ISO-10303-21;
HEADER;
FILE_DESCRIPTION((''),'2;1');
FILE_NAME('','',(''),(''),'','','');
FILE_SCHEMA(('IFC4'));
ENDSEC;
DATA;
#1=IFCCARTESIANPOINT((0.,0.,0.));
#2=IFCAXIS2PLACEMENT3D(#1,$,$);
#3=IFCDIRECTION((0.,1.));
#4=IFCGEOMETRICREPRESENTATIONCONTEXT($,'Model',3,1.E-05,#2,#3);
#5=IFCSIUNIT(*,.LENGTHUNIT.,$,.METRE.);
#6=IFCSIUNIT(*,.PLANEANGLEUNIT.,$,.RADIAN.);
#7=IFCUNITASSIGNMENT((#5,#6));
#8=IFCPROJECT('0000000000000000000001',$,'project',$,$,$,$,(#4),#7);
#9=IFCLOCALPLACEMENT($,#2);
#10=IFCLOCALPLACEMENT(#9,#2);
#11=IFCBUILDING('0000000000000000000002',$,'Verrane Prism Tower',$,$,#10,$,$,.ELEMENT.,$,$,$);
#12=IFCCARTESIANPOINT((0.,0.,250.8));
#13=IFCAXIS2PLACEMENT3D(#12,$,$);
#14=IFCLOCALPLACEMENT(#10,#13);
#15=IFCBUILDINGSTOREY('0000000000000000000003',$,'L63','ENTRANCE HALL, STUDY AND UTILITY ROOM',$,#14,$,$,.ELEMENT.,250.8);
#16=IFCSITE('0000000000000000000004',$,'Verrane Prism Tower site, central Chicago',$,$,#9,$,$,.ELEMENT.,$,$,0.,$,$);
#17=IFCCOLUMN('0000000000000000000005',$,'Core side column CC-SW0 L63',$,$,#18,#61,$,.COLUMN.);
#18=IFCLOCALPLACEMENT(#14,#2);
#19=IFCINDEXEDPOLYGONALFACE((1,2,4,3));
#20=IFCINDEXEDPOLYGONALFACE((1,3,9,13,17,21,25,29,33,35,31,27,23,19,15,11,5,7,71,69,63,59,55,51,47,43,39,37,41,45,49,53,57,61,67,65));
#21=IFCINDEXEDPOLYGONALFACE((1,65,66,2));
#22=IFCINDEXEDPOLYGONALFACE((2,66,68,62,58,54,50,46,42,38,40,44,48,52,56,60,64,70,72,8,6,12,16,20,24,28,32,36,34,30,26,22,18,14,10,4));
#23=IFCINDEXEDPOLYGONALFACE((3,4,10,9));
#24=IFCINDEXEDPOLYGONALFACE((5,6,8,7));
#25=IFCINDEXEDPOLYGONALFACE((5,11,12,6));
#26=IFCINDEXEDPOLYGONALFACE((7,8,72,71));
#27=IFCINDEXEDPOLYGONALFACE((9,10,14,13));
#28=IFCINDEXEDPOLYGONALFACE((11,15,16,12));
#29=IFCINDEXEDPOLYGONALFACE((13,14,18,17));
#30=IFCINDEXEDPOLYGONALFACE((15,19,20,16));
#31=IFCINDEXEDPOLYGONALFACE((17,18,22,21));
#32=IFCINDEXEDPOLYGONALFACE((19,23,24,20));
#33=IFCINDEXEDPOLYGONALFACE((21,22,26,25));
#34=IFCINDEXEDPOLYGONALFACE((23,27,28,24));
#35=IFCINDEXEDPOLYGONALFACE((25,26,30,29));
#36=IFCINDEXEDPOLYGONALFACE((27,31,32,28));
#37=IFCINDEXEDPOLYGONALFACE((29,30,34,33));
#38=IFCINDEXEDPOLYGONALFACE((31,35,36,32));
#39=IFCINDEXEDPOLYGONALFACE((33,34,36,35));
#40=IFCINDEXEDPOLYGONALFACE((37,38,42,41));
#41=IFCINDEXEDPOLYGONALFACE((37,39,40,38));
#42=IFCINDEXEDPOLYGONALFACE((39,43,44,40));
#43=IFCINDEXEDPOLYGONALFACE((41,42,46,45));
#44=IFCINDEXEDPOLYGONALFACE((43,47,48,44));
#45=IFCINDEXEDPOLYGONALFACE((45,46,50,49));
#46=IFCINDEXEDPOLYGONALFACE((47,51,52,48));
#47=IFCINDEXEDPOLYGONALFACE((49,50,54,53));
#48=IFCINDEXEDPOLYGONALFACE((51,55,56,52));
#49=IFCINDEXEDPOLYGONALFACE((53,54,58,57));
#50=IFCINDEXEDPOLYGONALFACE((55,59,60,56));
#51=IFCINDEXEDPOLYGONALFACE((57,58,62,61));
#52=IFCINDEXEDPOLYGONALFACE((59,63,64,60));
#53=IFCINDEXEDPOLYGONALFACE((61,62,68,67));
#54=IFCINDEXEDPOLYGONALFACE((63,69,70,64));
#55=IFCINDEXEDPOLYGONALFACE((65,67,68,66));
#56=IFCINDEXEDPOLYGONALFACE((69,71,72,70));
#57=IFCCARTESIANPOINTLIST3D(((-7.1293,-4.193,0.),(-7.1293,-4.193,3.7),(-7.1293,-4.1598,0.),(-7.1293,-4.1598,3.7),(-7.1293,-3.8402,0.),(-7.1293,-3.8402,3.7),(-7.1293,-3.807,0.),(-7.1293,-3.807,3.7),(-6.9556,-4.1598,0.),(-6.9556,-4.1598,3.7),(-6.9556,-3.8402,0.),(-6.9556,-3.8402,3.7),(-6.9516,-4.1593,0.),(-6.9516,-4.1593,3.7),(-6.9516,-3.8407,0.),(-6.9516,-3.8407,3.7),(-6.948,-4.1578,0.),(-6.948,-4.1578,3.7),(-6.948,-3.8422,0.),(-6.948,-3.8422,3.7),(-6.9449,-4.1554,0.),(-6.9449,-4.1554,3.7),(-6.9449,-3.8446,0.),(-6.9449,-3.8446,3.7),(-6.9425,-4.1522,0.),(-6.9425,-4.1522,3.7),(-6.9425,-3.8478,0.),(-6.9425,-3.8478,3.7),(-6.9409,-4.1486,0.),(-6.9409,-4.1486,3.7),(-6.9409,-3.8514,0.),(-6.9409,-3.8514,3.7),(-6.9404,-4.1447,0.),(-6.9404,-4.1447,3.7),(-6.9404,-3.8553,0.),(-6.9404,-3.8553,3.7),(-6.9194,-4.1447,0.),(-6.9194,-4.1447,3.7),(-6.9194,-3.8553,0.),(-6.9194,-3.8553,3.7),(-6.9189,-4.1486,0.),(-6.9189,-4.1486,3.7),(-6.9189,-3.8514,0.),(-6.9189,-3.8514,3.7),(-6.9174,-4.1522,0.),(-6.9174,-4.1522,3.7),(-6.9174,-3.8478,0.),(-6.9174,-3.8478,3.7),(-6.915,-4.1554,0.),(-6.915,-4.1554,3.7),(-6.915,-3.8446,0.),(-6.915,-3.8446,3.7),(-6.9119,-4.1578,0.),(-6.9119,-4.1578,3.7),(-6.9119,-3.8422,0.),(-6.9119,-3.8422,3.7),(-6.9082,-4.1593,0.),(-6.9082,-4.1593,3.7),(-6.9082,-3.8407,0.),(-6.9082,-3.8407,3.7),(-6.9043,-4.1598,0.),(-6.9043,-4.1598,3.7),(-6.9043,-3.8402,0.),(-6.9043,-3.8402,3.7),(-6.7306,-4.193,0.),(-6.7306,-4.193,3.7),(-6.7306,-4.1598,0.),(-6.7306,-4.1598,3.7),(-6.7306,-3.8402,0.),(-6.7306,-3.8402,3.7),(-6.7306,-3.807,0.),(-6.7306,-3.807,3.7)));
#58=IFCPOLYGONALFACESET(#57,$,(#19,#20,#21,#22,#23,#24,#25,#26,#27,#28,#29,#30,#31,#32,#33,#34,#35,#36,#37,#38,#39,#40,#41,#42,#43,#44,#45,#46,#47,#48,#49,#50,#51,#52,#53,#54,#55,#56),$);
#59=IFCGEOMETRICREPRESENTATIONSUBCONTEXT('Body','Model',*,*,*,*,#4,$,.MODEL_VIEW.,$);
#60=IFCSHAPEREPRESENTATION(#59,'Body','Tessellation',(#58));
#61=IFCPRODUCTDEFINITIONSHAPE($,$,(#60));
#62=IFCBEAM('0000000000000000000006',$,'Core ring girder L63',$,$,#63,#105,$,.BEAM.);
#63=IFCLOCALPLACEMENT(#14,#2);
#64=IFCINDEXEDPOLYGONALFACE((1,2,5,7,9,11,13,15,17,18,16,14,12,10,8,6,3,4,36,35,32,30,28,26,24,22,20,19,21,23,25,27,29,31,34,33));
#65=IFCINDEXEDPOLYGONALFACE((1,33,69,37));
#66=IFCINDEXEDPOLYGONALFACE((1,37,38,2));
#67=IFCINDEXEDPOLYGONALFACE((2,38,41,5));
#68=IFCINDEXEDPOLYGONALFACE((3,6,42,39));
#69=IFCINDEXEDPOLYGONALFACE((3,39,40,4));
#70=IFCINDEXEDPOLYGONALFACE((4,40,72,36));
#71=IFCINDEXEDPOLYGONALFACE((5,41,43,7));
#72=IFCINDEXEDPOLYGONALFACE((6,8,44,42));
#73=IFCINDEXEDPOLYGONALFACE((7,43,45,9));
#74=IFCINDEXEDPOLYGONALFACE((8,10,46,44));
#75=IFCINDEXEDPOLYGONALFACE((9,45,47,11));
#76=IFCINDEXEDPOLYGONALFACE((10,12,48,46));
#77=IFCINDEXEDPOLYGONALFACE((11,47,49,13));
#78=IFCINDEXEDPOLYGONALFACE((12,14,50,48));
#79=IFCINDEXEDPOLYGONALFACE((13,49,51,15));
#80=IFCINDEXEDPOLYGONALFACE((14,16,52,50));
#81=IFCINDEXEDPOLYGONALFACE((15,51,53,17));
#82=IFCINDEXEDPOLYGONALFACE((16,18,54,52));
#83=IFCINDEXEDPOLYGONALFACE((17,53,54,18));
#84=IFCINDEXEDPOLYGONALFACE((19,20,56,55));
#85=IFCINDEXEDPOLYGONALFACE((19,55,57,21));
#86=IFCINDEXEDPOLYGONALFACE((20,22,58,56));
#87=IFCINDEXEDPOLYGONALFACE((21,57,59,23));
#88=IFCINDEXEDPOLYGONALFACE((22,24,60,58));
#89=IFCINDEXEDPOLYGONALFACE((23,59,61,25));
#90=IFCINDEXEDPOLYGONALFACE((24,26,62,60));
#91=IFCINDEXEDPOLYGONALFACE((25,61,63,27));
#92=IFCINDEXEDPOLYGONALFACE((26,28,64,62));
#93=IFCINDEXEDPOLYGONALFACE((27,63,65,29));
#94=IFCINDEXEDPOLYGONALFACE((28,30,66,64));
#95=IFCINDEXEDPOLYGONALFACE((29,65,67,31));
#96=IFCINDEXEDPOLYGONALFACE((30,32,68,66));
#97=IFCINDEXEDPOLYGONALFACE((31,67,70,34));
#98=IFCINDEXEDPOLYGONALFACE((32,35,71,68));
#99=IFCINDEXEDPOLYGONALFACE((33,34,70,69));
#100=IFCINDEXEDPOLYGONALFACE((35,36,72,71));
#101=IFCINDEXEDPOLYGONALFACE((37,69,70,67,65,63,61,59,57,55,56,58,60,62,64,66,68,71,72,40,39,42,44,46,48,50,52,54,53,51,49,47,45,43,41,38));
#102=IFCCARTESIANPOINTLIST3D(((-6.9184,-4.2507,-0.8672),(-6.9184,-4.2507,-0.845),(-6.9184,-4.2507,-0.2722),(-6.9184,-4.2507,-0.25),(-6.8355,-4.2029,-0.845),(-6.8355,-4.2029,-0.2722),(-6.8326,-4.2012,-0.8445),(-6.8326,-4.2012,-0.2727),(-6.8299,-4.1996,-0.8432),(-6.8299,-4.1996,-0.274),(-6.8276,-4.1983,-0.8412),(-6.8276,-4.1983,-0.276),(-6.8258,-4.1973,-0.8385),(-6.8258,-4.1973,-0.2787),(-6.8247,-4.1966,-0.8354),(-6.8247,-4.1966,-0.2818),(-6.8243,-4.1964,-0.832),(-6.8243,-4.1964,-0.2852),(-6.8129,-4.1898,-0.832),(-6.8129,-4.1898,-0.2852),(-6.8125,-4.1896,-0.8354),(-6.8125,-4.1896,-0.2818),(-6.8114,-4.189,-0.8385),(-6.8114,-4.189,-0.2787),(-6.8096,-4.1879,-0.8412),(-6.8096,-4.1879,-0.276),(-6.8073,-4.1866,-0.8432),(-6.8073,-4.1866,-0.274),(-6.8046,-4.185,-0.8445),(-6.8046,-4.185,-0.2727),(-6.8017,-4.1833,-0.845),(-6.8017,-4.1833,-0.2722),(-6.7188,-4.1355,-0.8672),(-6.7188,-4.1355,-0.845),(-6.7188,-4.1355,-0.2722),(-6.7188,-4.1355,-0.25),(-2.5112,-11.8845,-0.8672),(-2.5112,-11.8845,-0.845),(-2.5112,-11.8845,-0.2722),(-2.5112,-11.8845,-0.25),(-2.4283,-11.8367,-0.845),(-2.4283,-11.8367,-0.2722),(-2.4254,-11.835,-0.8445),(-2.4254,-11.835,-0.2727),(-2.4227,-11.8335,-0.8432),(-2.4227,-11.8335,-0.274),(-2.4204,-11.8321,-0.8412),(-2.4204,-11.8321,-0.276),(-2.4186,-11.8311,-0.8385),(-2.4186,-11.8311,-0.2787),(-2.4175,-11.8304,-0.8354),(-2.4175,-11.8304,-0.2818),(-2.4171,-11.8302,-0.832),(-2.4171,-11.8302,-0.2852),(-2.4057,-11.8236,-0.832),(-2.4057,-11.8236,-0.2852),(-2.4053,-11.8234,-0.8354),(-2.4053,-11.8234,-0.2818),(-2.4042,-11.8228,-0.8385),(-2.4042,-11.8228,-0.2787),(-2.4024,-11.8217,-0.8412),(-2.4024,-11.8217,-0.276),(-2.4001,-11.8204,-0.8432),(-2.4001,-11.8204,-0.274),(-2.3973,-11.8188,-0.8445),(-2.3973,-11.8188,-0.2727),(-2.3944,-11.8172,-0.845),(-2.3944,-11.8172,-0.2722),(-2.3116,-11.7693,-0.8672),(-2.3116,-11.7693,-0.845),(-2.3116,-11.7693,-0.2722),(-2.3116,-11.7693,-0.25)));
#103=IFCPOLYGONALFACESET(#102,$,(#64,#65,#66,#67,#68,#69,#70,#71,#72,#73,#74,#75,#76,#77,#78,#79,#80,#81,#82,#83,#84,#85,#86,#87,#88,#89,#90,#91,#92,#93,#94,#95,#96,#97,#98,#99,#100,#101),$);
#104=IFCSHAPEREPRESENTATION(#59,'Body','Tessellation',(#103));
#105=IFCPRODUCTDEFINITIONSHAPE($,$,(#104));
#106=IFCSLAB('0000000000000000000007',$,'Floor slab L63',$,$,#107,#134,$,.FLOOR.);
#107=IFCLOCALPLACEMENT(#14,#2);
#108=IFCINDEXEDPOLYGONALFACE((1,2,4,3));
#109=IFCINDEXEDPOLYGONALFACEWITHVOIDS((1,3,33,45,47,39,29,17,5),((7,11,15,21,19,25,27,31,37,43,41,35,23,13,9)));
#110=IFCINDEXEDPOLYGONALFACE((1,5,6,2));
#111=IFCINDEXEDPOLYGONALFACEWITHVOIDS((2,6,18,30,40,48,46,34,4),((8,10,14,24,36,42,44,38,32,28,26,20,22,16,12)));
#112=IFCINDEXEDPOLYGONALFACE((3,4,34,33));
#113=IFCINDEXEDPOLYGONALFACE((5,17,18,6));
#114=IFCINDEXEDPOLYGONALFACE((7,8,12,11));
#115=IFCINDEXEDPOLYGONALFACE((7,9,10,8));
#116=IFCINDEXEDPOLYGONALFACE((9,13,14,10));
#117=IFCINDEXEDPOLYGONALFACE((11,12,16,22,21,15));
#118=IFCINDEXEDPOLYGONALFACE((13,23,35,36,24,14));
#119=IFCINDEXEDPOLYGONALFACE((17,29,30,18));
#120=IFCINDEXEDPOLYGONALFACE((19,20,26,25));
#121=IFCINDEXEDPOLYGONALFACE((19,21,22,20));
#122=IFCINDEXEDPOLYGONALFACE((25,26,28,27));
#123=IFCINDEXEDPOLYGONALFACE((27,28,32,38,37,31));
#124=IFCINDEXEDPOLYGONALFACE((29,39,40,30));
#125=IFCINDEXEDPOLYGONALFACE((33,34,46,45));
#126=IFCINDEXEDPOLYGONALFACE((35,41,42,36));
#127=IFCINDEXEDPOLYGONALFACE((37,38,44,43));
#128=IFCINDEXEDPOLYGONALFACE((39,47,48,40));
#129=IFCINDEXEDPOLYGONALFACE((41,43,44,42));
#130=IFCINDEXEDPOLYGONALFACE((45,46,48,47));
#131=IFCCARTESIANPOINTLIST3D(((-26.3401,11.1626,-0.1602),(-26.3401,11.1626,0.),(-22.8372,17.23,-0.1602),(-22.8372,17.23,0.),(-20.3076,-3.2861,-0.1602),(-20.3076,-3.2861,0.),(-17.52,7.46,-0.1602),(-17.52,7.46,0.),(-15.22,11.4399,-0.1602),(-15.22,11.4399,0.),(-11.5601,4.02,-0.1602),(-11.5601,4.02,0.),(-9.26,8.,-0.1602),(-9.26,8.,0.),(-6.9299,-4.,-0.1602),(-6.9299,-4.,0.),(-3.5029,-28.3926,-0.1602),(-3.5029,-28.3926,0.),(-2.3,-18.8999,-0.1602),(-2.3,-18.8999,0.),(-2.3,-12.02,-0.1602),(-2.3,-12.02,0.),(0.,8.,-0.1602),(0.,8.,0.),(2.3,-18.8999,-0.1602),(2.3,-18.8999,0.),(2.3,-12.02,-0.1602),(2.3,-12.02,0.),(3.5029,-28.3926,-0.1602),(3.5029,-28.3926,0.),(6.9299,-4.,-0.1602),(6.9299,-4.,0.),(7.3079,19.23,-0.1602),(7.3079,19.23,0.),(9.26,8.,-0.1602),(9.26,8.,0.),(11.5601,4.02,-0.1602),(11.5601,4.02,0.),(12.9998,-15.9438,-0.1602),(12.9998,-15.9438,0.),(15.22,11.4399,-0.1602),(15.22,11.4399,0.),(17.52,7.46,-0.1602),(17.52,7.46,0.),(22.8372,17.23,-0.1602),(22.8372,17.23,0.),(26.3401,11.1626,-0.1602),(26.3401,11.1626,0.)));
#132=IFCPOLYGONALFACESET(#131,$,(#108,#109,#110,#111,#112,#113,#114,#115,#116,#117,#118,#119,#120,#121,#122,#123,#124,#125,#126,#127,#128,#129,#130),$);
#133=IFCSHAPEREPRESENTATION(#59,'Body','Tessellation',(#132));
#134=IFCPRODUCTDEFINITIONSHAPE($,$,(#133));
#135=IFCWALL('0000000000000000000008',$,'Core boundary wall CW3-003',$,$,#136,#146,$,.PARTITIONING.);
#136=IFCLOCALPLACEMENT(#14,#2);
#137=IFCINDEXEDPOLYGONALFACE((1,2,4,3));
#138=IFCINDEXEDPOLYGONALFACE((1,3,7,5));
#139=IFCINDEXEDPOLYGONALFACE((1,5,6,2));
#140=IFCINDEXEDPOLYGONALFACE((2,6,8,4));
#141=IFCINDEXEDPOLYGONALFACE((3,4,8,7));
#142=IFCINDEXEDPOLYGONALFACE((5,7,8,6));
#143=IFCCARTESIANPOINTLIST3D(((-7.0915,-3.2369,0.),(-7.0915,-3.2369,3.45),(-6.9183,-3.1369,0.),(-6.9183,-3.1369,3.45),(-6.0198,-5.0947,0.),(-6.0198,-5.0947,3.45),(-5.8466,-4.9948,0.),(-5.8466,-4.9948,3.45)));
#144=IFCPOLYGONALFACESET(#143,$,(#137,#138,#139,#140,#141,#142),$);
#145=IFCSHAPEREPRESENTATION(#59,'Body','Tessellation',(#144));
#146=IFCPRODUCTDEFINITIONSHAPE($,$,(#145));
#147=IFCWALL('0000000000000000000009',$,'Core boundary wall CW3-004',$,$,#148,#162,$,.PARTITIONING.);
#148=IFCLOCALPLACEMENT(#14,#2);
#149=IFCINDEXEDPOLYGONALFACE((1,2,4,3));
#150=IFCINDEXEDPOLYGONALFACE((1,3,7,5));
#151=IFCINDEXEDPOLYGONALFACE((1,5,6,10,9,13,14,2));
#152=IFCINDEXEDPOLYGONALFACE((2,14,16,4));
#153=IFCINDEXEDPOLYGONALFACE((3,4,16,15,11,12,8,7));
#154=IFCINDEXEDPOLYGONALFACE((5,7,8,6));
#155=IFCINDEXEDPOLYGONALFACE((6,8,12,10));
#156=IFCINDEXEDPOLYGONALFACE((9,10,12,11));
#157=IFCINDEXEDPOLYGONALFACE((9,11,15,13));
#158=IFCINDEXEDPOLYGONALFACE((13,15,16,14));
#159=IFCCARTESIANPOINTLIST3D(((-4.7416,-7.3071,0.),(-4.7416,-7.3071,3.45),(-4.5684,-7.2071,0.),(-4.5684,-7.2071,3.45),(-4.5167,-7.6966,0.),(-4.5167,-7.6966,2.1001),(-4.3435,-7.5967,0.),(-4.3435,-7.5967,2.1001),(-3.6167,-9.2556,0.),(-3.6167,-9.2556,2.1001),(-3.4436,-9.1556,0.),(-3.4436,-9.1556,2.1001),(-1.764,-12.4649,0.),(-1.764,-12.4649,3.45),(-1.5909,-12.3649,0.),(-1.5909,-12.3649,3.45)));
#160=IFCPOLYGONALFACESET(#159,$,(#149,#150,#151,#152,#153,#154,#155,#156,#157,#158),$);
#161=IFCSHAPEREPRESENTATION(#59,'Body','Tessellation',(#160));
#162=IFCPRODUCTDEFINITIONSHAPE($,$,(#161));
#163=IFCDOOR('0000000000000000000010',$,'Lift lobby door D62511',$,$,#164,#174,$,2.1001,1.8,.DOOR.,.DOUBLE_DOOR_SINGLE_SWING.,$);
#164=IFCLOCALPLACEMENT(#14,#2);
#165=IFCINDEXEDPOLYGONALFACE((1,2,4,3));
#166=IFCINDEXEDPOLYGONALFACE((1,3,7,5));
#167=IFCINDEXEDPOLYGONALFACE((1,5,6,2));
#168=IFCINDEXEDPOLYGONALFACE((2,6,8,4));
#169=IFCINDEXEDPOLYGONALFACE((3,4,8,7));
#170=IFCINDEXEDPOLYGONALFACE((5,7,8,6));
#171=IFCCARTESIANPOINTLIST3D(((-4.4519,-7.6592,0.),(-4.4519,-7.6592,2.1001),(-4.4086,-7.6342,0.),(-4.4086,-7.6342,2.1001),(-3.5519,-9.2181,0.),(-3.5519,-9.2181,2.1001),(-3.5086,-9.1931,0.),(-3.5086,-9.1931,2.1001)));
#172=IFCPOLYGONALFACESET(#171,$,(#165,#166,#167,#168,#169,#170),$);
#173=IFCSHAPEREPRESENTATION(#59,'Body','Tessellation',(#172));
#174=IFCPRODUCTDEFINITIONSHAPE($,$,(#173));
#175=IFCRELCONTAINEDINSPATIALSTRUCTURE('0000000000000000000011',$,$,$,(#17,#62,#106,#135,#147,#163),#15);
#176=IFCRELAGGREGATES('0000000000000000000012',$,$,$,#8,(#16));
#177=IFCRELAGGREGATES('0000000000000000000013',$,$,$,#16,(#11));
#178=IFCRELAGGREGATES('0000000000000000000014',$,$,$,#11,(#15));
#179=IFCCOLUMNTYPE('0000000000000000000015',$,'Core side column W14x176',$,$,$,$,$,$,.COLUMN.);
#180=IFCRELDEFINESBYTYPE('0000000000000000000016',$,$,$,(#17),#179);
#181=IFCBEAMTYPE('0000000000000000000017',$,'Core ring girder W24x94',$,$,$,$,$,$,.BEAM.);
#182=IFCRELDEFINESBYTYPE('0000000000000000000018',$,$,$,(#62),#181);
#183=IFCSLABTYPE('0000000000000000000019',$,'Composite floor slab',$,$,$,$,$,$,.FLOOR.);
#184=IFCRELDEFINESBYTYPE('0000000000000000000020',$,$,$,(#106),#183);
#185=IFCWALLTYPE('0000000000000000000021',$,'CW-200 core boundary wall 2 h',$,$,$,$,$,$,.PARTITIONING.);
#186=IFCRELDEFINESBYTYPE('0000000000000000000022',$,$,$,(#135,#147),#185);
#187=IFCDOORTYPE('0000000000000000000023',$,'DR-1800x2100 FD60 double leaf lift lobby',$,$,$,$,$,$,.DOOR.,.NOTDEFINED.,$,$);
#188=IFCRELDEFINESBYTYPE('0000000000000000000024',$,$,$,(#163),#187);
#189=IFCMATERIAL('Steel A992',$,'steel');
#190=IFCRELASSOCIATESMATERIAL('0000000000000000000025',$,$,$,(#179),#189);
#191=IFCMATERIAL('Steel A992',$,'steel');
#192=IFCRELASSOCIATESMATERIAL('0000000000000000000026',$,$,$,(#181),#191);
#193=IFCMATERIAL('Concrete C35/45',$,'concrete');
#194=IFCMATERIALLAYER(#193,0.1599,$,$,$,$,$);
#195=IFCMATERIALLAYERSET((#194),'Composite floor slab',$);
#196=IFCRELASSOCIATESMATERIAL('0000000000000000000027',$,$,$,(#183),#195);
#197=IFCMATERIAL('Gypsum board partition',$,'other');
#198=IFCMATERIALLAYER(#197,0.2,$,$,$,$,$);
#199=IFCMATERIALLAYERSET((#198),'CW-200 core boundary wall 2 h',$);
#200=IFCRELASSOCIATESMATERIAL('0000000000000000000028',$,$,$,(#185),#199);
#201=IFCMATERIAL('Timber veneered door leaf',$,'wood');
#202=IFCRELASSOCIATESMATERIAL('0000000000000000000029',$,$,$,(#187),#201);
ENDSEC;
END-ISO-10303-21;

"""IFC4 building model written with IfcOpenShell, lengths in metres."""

from ifc_helpers import new_model, si_unit, direction, frame, frame_2d, origin, origin_2d, place, context, subcontext, project, spatial, polyline, rectangle, i_section, outline, extrude, material, layer, layer_set, material_profile, profile_set, type_object, element, fill, save


model = new_model("IFC4")

# Units and contexts
model_context = context("Model", 3, precision=1e-05, world=origin(), true_north=direction((0.0, 1.0)))
body_context = subcontext(model_context, "Body", "Model", "MODEL_VIEW")
ifc_project = project(units=[si_unit("LENGTHUNIT", "METRE"), si_unit("PLANEANGLEUNIT", "RADIAN")], contexts=[model_context])

# Site, building, storey
site_placement = place(None, origin())
site = spatial("IfcSite", under=ifc_project, at=site_placement, Name="Verrane Prism Tower site, central Chicago", CompositionType="ELEMENT", RefElevation=0.0)
building_placement = place(site_placement, origin())
building = spatial("IfcBuilding", under=site, at=building_placement, Name="Verrane Prism Tower", CompositionType="ELEMENT")
storey_placement = place(building_placement, frame((0.0, 0.0, 250.8)))
storey = spatial("IfcBuildingStorey", under=building, at=storey_placement, Name="L63", Description="ENTRANCE HALL, STUDY AND UTILITY ROOM", CompositionType="ELEMENT", Elevation=250.8)

# Column
ifc_material_1 = material(Name="Steel A992", Category="steel")
ifc_material_profile_1 = material_profile(ifc_material_1, i_section(OverallWidth=0.3987, OverallDepth=0.386, WebThickness=0.021, FlangeThickness=0.0332, FilletRadius=0.0151, at=origin_2d()), Name="W14x176")
ifc_profile_set_1 = profile_set([ifc_material_profile_1], Name="Steel A992")
column_type = type_object("IfcColumnType", Name="Core side column W14x176", PredefinedType="COLUMN", material=ifc_profile_set_1)
column_placement = place(storey_placement, frame((-6.9299, -4.0, 0.0), z_axis=(0.0, 0.0, 1.0), x_axis=(1.0, 0.0, 0.0)))
element("IfcColumn", 1, at=column_placement, inside=storey, type_object=column_type, Name="Core side column CC-SW0 L63", PredefinedType="COLUMN", context=body_context, shape_type="SweptSolid", body=[
    extrude(i_section(OverallWidth=0.3987, OverallDepth=0.386, WebThickness=0.021, FlangeThickness=0.0332, FilletRadius=0.0151, at=origin_2d()), origin(), (0.0, 0.0, 1.0), 3.7),
])

# Beam
ifc_material_2 = material(Name="Steel A992", Category="steel")
ifc_material_profile_2 = material_profile(ifc_material_2, i_section(OverallWidth=0.2305, OverallDepth=0.6172, WebThickness=0.0132, FlangeThickness=0.0222, FilletRadius=0.0129, at=origin_2d()), Name="W24x94")
ifc_profile_set_2 = profile_set([ifc_material_profile_2], Name="Steel A992")
beam_type = type_object("IfcBeamType", Name="Core ring girder W24x94", PredefinedType="BEAM", material=ifc_profile_set_2)
beam_placement = place(storey_placement, frame((-6.8186, -4.1931, -0.5586), z_axis=(0.499988, -0.866032, 0.0), x_axis=(0.866032, 0.499988, 0.0)))
element("IfcBeam", 2, at=beam_placement, inside=storey, type_object=beam_type, Name="Core ring girder L63", PredefinedType="BEAM", context=body_context, shape_type="SweptSolid", body=[
    extrude(i_section(OverallWidth=0.2305, OverallDepth=0.6172, WebThickness=0.0132, FlangeThickness=0.0222, FilletRadius=0.0129, at=origin_2d()), origin(), (0.0, 0.0, 1.0), 8.8147),
])

# Slab
ifc_material_3 = material(Name="Concrete C35/45", Category="concrete")
ifc_layer_1 = layer(ifc_material_3, 0.1599)
ifc_layer_set_1 = layer_set([ifc_layer_1], Name="Composite floor slab")
slab_type = type_object("IfcSlabType", Name="Composite floor slab", PredefinedType="FLOOR", material=ifc_layer_set_1)
slab_placement = place(storey_placement, frame((0.0, 0.0, -0.1602)))
element("IfcSlab", 3, at=slab_placement, inside=storey, type_object=slab_type, Name="Floor slab L63", PredefinedType="FLOOR", context=body_context, shape_type="SweptSolid", body=[
    extrude(outline(polyline([(12.9998, -15.9438), (3.5029, -28.3926), (-3.5029, -28.3926), (-20.3076, -3.2861), (-26.3401, 11.1626), (-22.8372, 17.23), (7.3079, 19.23), (22.8372, 17.23), (26.3401, 11.1626), (12.9998, -15.9438)]), holes=[polyline([(17.52, 7.46), (15.22, 11.4399), (9.26, 8.0), (0.0, 8.0), (-9.26, 8.0), (-15.22, 11.4399), (-17.52, 7.46), (-11.5601, 4.02), (-6.9299, -4.0), (-2.3, -12.02), (-2.3, -18.8999), (2.3, -18.8999), (2.3, -12.02), (6.9299, -4.0), (11.5601, 4.02), (17.52, 7.46)])]), origin(), (0.0, 0.0, 1.0), 0.1602),
])

# Wall
ifc_material_4 = material(Name="Gypsum board partition", Category="other")
ifc_layer_2 = layer(ifc_material_4, 0.2)
ifc_layer_set_2 = layer_set([ifc_layer_2], Name="CW-200 core boundary wall 2 h")
wall_type_1 = type_object("IfcWallType", Name="CW-200 core boundary wall 2 h", PredefinedType="PARTITIONING", material=ifc_layer_set_2)
wall_1_placement = place(storey_placement, frame((-7.0049, -3.187, 0.0), z_axis=(0.0, 0.0, 1.0), x_axis=(0.49969, -0.866205, 0.0)))
element("IfcWall", 4, at=wall_1_placement, inside=storey, type_object=wall_type_1, Name="Core boundary wall CW3-003", PredefinedType="PARTITIONING", context=body_context, shape_type="SweptSolid", body=[
    extrude(rectangle(XDim=2.1448, YDim=0.2, at=frame_2d((1.0723, 0.0))), origin(), (0.0, 0.0, 1.0), 3.45),
])

# Wall, opening, door
wall_2_placement = place(storey_placement, frame((-4.655, -7.2571, 0.0), z_axis=(0.0, 0.0, 1.0), x_axis=(0.499966, -0.866045, 0.0)))
wall_2 = element("IfcWall", 5, at=wall_2_placement, inside=storey, type_object=wall_type_1, Name="Core boundary wall CW3-004", PredefinedType="PARTITIONING", context=body_context, shape_type="SweptSolid", body=[
    extrude(rectangle(XDim=5.9556, YDim=0.2, at=frame_2d((2.9778, 0.0))), origin(), (0.0, 0.0, 1.0), 3.45),
])
opening_1_placement = place(wall_2_placement, frame((0.45, 0.0, 0.0)))
opening_1 = element("IfcOpeningElement", 6, at=opening_1_placement, cuts=wall_2, PredefinedType="OPENING", context=body_context, shape_type="SweptSolid", body=[
    extrude(rectangle(XDim=1.8, YDim=2.1001, at=frame_2d((0.8999, 1.05))), frame((0.0, 0.1099, 0.0), z_axis=(0.0, -1.0, 0.0), x_axis=(1.0, 0.0, 0.0)), (0.0, 0.0, 1.0), 0.22),
])
ifc_material_5 = material(Name="Timber veneered door leaf", Category="wood")
door_type_1 = type_object("IfcDoorType", Name="DR-1800x2100 FD60 double leaf lift lobby", OperationType="NOTDEFINED", PredefinedType="DOOR", material=ifc_material_5)
door_1_placement = place(opening_1_placement, origin())
door_1 = element("IfcDoor", 7, at=door_1_placement, inside=storey, type_object=door_type_1, Name="Lift lobby door D62511", OperationType="DOUBLE_DOOR_SINGLE_SWING", OverallHeight=2.1001, OverallWidth=1.8, PredefinedType="DOOR", context=body_context, shape_type="SweptSolid", body=[
    extrude(rectangle(XDim=1.8, YDim=2.1001, at=frame_2d((0.8999, 1.05))), frame((0.0, 0.0249, 0.0), z_axis=(0.0, -1.0, 0.0), x_axis=(1.0, 0.0, 0.0)), (0.0, 0.0, 1.0), 0.05),
])
fill(opening_1, door_1)

save(model, "model.ifc")
